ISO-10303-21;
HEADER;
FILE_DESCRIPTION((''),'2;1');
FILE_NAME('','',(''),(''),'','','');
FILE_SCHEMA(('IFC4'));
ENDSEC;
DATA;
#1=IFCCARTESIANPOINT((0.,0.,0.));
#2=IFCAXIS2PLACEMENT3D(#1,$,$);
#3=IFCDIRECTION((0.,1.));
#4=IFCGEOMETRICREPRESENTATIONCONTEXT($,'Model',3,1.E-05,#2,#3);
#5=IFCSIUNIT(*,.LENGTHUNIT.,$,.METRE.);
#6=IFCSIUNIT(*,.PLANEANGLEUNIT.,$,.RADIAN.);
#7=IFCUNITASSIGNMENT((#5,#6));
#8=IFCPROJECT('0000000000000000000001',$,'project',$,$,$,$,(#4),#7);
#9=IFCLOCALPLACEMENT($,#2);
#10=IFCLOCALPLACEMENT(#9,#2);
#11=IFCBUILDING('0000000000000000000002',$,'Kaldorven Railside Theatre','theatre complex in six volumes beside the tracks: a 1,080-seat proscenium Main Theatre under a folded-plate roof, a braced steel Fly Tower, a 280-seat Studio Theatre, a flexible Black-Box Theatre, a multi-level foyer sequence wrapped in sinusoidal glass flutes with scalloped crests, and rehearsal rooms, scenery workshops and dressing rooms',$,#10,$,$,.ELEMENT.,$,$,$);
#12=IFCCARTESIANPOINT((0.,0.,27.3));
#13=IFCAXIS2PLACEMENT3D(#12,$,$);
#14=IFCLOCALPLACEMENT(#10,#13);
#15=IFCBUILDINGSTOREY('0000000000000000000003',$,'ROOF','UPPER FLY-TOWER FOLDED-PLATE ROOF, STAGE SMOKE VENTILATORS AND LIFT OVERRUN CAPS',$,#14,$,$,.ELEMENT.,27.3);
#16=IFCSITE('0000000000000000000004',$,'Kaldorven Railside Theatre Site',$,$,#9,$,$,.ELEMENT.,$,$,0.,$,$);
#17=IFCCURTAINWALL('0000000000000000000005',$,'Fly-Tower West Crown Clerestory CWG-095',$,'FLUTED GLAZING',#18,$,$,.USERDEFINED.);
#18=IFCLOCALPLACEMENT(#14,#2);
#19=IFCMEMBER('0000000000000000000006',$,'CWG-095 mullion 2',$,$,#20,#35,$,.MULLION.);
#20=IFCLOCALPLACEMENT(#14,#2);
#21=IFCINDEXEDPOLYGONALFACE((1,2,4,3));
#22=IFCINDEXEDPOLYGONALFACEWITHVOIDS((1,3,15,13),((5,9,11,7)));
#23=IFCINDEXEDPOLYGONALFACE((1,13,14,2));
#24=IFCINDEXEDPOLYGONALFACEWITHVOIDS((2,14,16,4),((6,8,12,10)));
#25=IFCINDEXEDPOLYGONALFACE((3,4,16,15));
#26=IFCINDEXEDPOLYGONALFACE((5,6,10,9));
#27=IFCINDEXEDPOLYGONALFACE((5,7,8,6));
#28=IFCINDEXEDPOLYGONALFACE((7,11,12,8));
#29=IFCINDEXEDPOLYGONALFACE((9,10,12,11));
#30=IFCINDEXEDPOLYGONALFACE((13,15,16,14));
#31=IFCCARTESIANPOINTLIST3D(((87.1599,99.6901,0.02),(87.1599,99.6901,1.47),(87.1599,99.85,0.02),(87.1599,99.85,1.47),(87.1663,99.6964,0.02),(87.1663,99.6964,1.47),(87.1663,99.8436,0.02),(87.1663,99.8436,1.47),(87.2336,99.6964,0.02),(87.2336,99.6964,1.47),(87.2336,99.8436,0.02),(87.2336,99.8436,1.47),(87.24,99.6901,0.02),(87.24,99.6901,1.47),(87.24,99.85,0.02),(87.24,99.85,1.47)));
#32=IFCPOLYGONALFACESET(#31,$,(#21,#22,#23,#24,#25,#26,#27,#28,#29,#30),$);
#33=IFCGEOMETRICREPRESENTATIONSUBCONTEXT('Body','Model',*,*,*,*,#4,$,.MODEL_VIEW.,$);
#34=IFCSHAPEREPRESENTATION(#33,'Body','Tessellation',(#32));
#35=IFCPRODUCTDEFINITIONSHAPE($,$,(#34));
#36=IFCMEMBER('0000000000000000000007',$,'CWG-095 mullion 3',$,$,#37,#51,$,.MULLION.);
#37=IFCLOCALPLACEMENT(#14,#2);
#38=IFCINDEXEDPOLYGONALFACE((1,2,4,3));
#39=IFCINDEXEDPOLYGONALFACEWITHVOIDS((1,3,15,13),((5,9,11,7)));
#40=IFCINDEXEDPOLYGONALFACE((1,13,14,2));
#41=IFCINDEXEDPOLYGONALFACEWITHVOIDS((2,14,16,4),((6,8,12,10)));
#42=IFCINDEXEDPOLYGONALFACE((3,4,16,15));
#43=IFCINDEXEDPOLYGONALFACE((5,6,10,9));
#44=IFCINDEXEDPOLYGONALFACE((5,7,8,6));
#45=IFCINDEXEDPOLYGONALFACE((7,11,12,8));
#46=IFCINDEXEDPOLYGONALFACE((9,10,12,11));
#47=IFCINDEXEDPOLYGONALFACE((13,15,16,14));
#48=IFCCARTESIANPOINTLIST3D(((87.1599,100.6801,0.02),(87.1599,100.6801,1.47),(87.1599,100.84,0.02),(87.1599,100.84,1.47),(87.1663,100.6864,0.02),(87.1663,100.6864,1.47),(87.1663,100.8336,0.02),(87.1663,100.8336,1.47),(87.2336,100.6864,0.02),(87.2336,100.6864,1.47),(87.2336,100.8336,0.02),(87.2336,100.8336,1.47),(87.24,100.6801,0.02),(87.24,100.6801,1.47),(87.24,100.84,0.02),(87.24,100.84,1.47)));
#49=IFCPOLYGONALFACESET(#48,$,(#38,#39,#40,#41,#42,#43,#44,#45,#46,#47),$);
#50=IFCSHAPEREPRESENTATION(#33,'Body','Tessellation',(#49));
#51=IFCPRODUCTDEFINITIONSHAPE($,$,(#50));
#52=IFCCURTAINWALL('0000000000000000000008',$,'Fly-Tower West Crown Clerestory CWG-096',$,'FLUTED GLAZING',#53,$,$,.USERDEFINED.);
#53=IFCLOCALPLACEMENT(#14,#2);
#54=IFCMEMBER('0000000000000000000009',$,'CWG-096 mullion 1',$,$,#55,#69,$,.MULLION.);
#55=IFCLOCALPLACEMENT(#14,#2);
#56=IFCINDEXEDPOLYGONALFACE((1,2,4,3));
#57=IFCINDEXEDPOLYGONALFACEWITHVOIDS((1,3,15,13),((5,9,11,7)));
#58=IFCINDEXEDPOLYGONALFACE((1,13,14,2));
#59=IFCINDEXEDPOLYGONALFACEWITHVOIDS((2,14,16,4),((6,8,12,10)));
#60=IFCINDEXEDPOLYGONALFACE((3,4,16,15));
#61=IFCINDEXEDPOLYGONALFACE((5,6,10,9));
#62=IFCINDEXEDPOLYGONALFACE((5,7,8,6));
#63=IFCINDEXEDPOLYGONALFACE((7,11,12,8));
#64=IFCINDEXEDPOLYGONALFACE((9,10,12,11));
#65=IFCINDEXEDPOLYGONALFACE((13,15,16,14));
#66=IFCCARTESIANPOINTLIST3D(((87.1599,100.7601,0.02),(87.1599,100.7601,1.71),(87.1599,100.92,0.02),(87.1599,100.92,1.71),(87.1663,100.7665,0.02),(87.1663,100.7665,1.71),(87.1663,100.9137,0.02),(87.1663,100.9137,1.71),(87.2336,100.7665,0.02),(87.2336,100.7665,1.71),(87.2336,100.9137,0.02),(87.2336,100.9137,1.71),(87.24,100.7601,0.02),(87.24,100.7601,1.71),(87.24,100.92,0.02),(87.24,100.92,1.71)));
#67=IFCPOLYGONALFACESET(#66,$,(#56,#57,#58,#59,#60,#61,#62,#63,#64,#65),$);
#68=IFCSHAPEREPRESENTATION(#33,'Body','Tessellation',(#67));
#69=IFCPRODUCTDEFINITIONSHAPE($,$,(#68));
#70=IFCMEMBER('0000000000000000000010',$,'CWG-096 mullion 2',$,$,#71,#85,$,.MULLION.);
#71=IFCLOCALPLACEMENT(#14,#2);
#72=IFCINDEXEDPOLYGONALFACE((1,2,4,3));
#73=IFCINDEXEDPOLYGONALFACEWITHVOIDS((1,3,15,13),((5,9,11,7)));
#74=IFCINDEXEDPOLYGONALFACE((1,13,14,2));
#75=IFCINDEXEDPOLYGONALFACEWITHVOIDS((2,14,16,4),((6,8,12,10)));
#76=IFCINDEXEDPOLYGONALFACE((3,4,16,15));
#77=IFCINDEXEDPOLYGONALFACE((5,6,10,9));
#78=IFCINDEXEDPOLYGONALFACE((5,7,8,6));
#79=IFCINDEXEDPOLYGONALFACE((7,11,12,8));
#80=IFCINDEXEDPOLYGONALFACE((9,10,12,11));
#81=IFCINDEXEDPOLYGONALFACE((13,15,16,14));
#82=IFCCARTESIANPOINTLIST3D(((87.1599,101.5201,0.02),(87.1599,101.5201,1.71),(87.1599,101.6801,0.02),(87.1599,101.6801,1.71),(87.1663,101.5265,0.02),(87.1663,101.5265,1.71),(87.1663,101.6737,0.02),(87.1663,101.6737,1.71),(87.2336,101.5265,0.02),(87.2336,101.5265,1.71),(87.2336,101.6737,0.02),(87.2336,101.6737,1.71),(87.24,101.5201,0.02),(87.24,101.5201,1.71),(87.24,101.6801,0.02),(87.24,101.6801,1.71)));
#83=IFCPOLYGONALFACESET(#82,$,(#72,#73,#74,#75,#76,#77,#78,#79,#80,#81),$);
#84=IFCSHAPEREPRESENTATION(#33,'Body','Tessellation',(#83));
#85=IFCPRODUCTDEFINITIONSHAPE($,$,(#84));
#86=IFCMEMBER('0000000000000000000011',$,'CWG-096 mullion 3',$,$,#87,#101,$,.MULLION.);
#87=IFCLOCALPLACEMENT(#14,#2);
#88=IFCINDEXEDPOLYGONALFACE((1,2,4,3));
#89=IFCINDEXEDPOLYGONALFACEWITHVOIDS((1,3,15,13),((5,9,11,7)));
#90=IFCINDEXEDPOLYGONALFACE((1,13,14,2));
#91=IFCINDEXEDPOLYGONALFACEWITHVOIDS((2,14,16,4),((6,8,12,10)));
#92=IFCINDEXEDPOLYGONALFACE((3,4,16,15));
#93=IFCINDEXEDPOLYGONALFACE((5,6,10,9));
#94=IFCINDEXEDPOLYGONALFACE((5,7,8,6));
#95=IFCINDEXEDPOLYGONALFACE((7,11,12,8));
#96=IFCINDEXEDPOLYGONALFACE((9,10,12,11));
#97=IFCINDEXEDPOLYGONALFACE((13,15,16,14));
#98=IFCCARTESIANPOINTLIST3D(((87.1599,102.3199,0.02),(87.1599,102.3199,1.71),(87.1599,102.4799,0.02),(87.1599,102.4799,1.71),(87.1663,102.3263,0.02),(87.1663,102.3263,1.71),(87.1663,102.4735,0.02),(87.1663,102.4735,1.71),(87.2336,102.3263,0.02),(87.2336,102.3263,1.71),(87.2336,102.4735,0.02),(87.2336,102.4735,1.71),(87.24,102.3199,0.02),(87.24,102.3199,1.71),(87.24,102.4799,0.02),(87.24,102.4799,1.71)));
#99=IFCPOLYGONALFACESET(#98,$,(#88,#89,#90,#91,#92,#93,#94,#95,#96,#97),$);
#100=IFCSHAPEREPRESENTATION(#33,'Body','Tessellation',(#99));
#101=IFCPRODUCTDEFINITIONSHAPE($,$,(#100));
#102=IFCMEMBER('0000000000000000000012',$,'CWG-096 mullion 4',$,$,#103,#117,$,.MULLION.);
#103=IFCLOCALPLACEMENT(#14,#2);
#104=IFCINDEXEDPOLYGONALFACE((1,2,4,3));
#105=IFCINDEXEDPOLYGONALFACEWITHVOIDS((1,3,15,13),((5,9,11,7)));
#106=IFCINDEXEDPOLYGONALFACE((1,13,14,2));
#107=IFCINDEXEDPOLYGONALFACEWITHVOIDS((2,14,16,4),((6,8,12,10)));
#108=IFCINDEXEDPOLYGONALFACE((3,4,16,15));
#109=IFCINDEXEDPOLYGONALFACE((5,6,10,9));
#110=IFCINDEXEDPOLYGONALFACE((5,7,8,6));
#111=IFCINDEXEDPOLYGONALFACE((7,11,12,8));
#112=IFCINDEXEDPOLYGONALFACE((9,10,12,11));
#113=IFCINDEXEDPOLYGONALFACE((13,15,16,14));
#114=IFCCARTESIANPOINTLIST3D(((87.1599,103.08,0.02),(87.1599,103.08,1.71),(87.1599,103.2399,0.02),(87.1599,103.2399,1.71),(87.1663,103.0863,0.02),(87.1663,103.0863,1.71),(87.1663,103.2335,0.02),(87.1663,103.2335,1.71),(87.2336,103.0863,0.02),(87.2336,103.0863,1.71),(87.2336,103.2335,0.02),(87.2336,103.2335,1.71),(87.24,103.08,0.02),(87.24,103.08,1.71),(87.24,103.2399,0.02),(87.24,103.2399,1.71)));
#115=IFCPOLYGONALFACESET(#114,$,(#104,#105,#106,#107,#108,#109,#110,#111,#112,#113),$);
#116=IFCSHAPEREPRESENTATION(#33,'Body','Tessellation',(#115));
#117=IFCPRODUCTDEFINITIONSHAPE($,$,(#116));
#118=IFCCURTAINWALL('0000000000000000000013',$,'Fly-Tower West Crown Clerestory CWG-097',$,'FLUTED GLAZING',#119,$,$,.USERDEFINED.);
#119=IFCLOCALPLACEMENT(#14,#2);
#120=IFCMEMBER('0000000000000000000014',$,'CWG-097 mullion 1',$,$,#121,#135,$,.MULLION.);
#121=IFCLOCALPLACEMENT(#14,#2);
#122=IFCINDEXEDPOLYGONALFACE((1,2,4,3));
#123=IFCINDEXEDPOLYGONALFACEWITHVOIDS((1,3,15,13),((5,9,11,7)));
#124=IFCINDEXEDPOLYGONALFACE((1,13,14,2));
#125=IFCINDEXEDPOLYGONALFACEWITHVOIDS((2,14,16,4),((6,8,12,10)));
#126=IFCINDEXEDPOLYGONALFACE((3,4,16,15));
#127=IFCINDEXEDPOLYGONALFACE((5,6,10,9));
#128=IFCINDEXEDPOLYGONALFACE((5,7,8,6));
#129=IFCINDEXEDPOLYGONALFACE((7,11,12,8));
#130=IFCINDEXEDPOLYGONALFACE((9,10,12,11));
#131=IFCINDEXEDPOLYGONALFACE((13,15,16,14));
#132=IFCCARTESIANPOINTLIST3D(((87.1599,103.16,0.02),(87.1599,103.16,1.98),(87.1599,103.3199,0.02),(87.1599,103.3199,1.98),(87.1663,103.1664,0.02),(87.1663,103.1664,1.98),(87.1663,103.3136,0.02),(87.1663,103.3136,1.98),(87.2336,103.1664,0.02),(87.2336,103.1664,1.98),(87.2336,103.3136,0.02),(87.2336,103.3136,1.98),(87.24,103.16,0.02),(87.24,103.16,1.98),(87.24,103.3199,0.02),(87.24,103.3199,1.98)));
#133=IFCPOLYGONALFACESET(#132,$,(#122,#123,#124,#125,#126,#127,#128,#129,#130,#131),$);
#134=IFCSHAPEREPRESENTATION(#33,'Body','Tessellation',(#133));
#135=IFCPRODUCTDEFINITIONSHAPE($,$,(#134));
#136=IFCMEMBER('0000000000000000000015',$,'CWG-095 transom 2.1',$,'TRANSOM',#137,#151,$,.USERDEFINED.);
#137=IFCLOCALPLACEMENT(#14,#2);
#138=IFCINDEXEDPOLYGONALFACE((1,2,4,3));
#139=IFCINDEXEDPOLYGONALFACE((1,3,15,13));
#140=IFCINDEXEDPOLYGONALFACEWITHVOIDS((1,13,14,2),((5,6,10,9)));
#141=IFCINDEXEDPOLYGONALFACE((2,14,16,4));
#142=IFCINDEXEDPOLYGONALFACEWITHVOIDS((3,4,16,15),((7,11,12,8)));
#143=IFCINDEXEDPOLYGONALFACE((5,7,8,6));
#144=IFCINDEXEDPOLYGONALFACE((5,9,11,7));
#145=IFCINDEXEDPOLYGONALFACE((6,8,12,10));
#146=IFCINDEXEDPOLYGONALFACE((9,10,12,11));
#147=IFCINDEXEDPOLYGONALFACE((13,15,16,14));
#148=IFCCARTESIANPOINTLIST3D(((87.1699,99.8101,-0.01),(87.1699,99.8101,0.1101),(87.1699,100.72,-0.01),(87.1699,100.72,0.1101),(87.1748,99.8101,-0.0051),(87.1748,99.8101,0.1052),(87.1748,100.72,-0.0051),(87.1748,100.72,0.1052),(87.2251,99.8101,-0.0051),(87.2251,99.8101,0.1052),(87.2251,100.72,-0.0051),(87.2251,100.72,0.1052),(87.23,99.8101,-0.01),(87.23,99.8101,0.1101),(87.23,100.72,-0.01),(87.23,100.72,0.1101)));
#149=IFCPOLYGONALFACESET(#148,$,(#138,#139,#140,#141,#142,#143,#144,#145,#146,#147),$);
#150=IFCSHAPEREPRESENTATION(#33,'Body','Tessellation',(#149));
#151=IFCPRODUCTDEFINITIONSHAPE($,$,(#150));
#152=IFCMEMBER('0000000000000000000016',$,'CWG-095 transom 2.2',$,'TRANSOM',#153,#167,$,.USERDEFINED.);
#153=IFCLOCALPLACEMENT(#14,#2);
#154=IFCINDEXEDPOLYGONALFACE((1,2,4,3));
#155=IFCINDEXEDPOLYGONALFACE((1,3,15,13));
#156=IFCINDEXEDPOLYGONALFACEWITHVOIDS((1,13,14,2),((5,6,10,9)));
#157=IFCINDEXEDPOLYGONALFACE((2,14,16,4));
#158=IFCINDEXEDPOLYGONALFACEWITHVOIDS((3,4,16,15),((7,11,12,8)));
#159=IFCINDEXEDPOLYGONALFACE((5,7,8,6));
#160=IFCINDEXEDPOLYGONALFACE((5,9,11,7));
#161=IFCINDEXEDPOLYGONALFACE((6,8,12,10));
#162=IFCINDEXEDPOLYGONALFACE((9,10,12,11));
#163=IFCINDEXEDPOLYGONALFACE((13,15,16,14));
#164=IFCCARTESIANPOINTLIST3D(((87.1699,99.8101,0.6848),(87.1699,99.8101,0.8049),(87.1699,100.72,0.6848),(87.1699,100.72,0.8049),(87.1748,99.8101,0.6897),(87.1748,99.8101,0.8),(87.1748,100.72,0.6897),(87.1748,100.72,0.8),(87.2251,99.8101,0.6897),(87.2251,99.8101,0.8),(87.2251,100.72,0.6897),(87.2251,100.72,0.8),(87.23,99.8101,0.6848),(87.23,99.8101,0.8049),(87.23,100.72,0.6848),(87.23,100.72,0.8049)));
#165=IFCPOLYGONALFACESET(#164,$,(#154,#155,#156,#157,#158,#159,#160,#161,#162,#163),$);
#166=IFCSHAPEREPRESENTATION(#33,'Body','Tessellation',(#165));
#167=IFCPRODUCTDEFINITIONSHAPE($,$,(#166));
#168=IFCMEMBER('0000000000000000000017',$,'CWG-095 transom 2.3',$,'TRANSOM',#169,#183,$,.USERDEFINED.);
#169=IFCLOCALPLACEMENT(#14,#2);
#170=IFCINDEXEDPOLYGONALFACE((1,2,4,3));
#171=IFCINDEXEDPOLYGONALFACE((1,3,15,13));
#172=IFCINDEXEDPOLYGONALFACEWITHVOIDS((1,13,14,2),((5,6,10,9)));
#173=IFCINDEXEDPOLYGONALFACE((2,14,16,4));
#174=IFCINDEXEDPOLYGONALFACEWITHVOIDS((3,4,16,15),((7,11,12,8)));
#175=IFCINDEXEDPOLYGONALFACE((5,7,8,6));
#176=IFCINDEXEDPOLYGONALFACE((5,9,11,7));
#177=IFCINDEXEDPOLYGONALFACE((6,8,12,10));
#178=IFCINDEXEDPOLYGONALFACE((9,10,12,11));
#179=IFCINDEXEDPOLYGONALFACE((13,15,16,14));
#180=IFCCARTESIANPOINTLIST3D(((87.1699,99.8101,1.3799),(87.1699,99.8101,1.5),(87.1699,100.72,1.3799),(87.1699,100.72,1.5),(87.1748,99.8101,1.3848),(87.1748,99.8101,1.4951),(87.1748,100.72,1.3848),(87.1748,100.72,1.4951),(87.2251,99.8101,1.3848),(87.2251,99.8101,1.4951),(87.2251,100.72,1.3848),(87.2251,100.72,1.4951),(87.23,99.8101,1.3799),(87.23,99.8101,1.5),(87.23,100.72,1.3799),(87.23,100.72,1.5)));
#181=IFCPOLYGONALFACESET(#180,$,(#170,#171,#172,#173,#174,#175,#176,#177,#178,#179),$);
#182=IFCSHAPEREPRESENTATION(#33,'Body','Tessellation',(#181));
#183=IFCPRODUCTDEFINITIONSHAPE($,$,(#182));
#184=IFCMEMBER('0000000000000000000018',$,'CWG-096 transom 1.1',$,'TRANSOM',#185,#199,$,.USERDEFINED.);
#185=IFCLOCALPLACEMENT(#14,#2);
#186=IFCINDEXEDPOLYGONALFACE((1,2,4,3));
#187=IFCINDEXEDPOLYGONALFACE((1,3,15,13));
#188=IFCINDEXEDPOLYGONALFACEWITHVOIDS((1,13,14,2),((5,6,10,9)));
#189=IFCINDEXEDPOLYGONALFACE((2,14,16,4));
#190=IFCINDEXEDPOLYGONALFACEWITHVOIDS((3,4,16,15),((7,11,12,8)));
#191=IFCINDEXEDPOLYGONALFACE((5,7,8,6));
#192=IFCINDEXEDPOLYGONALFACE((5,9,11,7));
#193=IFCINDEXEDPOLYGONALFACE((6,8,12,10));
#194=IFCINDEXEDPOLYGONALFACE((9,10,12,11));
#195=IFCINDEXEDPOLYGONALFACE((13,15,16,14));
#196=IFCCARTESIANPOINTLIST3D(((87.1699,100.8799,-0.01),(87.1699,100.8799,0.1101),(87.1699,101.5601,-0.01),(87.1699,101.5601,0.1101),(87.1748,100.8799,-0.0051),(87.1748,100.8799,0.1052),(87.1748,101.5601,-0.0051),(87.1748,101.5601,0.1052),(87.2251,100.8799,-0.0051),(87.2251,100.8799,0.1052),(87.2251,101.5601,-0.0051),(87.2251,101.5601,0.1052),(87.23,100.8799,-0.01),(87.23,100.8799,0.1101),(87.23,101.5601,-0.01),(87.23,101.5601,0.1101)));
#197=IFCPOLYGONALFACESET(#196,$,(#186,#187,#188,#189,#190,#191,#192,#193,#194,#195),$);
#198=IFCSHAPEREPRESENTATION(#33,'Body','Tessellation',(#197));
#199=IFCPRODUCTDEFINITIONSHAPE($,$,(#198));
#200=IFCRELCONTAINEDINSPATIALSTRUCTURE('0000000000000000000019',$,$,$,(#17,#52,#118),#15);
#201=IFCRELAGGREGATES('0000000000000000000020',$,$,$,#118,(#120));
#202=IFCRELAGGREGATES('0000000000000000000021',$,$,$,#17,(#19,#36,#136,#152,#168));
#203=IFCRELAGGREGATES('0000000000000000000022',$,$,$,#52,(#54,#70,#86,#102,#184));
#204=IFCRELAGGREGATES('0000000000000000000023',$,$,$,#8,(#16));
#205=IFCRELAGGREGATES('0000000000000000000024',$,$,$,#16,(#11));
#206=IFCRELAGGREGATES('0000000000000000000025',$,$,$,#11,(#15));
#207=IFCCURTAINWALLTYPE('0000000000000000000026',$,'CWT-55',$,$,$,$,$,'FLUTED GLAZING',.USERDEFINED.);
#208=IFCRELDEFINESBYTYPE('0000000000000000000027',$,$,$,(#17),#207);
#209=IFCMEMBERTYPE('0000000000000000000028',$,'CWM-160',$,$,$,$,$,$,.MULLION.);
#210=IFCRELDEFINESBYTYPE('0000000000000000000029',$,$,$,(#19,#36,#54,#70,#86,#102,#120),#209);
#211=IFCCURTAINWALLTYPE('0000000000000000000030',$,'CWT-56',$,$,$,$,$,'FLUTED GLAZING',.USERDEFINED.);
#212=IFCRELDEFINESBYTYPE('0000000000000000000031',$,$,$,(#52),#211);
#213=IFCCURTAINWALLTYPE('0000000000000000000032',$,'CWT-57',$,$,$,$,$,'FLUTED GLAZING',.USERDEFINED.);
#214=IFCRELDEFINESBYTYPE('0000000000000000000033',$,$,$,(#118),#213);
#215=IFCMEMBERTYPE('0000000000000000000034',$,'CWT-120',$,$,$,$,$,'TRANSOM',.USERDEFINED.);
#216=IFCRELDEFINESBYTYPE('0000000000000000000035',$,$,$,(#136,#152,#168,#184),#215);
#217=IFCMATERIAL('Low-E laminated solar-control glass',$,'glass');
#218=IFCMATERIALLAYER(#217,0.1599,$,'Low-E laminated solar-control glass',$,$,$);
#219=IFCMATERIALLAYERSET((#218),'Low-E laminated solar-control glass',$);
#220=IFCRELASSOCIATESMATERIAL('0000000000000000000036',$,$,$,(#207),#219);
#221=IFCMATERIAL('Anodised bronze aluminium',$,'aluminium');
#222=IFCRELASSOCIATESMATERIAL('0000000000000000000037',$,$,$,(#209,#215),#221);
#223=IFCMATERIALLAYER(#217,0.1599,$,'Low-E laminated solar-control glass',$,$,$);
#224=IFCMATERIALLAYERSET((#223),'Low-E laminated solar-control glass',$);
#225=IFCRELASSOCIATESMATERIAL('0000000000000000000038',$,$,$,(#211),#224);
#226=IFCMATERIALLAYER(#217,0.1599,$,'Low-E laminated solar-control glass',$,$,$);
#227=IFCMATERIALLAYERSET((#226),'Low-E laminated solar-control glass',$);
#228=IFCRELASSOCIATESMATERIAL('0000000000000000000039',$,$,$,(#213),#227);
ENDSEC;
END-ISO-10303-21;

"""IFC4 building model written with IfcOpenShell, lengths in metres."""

from ifc_helpers import new_model, si_unit, direction, frame, origin, origin_2d, place, context, subcontext, project, spatial, hollow_rectangle, extrude, material, layer, layer_set, material_profile, profile_set, type_object, element, aggregate, save


model = new_model("IFC4")

# Units and contexts
model_context = context("Model", 3, precision=1e-05, world=origin(), true_north=direction((0.0, 1.0)))
body_context = subcontext(model_context, "Body", "Model", "MODEL_VIEW")
ifc_project = project(units=[si_unit("LENGTHUNIT", "METRE"), si_unit("PLANEANGLEUNIT", "RADIAN")], contexts=[model_context])

# Site, building, storey
site_placement = place(None, origin())
site = spatial("IfcSite", under=ifc_project, at=site_placement, Name="Kaldorven Railside Theatre Site", CompositionType="ELEMENT", RefElevation=0.0)
building_placement = place(site_placement, origin())
building = spatial("IfcBuilding", under=site, at=building_placement, Name="Kaldorven Railside Theatre", Description="theatre complex in six volumes beside the tracks: a 1,080-seat proscenium Main Theatre under a folded-plate roof, a braced steel Fly Tower, a 280-seat Studio Theatre, a flexible Black-Box Theatre, a multi-level foyer sequence wrapped in sinusoidal glass flutes with scalloped crests, and rehearsal rooms, scenery workshops and dressing rooms", CompositionType="ELEMENT")
storey_placement = place(building_placement, frame((0.0, 0.0, 27.3)))
storey = spatial("IfcBuildingStorey", under=building, at=storey_placement, Name="ROOF", Description="UPPER FLY-TOWER FOLDED-PLATE ROOF, STAGE SMOKE VENTILATORS AND LIFT OVERRUN CAPS", CompositionType="ELEMENT", Elevation=27.3)

# Curtain walls, members
ifc_material_1 = material(Name="Low-E laminated solar-control glass", Category="glass")
ifc_layer_1 = layer(ifc_material_1, 0.1599, Name="Low-E laminated solar-control glass")
ifc_layer_set_1 = layer_set([ifc_layer_1], Name="Low-E laminated solar-control glass")
curtain_wall_type_1 = type_object("IfcCurtainWallType", Name="CWT-55", ElementType="FLUTED GLAZING", PredefinedType="USERDEFINED", material=ifc_layer_set_1)
curtain_wall_1_placement = place(storey_placement, origin())
curtain_wall_1 = element("IfcCurtainWall", 1, at=curtain_wall_1_placement, inside=storey, type_object=curtain_wall_type_1, Name="Fly-Tower West Crown Clerestory CWG-095", ObjectType="FLUTED GLAZING", PredefinedType="USERDEFINED")
ifc_material_2 = material(Name="Anodised bronze aluminium", Category="aluminium")
ifc_material_profile_1 = material_profile(ifc_material_2, hollow_rectangle(XDim=0.0801, YDim=0.1599, WallThickness=0.0063, at=origin_2d()), Name="RHS 160x80x6.3")
ifc_profile_set_1 = profile_set([ifc_material_profile_1], Name="Anodised bronze aluminium")
member_type_1 = type_object("IfcMemberType", Name="CWM-160", PredefinedType="MULLION", material=ifc_profile_set_1)
member_1_placement = place(storey_placement, frame((87.2, 99.77, 0.02), z_axis=(0.0, 0.0, 1.0), x_axis=(-1.0, 0.0, 0.0)))
member_1 = element("IfcMember", 2, at=member_1_placement, type_object=member_type_1, Name="CWG-095 mullion 2", PredefinedType="MULLION", context=body_context, shape_type="SweptSolid", body=[
    extrude(hollow_rectangle(XDim=0.0801, YDim=0.1599, WallThickness=0.0063, at=origin_2d()), origin(), (0.0, 0.0, 1.0), 1.45),
])
member_2_placement = place(storey_placement, frame((87.2, 100.76, 0.02), z_axis=(0.0, 0.0, 1.0), x_axis=(-1.0, 0.0, 0.0)))
member_2 = element("IfcMember", 3, at=member_2_placement, type_object=member_type_1, Name="CWG-095 mullion 3", PredefinedType="MULLION", context=body_context, shape_type="SweptSolid", body=[
    extrude(hollow_rectangle(XDim=0.0801, YDim=0.1599, WallThickness=0.0063, at=origin_2d()), origin(), (0.0, 0.0, 1.0), 1.45),
])
ifc_layer_2 = layer(ifc_material_1, 0.1599, Name="Low-E laminated solar-control glass")
ifc_layer_set_2 = layer_set([ifc_layer_2], Name="Low-E laminated solar-control glass")
curtain_wall_type_2 = type_object("IfcCurtainWallType", Name="CWT-56", ElementType="FLUTED GLAZING", PredefinedType="USERDEFINED", material=ifc_layer_set_2)
curtain_wall_2_placement = place(storey_placement, origin())
curtain_wall_2 = element("IfcCurtainWall", 4, at=curtain_wall_2_placement, inside=storey, type_object=curtain_wall_type_2, Name="Fly-Tower West Crown Clerestory CWG-096", ObjectType="FLUTED GLAZING", PredefinedType="USERDEFINED")
member_3_placement = place(storey_placement, frame((87.2, 100.8401, 0.02), z_axis=(0.0, 0.0, 1.0), x_axis=(-1.0, 0.0, 0.0)))
member_3 = element("IfcMember", 5, at=member_3_placement, type_object=member_type_1, Name="CWG-096 mullion 1", PredefinedType="MULLION", context=body_context, shape_type="SweptSolid", body=[
    extrude(hollow_rectangle(XDim=0.0801, YDim=0.1599, WallThickness=0.0063, at=origin_2d()), origin(), (0.0, 0.0, 1.0), 1.6899),
])
member_4_placement = place(storey_placement, frame((87.2, 101.6001, 0.02), z_axis=(0.0, 0.0, 1.0), x_axis=(-1.0, 0.0, 0.0)))
member_4 = element("IfcMember", 6, at=member_4_placement, type_object=member_type_1, Name="CWG-096 mullion 2", PredefinedType="MULLION", context=body_context, shape_type="SweptSolid", body=[
    extrude(hollow_rectangle(XDim=0.0801, YDim=0.1599, WallThickness=0.0063, at=origin_2d()), origin(), (0.0, 0.0, 1.0), 1.6899),
])
member_5_placement = place(storey_placement, frame((87.2, 102.3999, 0.02), z_axis=(0.0, 0.0, 1.0), x_axis=(-1.0, 0.0, 0.0)))
member_5 = element("IfcMember", 7, at=member_5_placement, type_object=member_type_1, Name="CWG-096 mullion 3", PredefinedType="MULLION", context=body_context, shape_type="SweptSolid", body=[
    extrude(hollow_rectangle(XDim=0.0801, YDim=0.1599, WallThickness=0.0063, at=origin_2d()), origin(), (0.0, 0.0, 1.0), 1.6899),
])
member_6_placement = place(storey_placement, frame((87.2, 103.1599, 0.02), z_axis=(0.0, 0.0, 1.0), x_axis=(-1.0, 0.0, 0.0)))
member_6 = element("IfcMember", 8, at=member_6_placement, type_object=member_type_1, Name="CWG-096 mullion 4", PredefinedType="MULLION", context=body_context, shape_type="SweptSolid", body=[
    extrude(hollow_rectangle(XDim=0.0801, YDim=0.1599, WallThickness=0.0063, at=origin_2d()), origin(), (0.0, 0.0, 1.0), 1.6899),
])

# Curtain wall, member
ifc_layer_3 = layer(ifc_material_1, 0.1599, Name="Low-E laminated solar-control glass")
ifc_layer_set_3 = layer_set([ifc_layer_3], Name="Low-E laminated solar-control glass")
curtain_wall_type_3 = type_object("IfcCurtainWallType", Name="CWT-57", ElementType="FLUTED GLAZING", PredefinedType="USERDEFINED", material=ifc_layer_set_3)
curtain_wall_3_placement = place(storey_placement, origin())
curtain_wall_3 = element("IfcCurtainWall", 9, at=curtain_wall_3_placement, inside=storey, type_object=curtain_wall_type_3, Name="Fly-Tower West Crown Clerestory CWG-097", ObjectType="FLUTED GLAZING", PredefinedType="USERDEFINED")
member_7_placement = place(storey_placement, frame((87.2, 103.24, 0.02), z_axis=(0.0, 0.0, 1.0), x_axis=(-1.0, 0.0, 0.0)))
member_7 = element("IfcMember", 10, at=member_7_placement, type_object=member_type_1, Name="CWG-097 mullion 1", PredefinedType="MULLION", context=body_context, shape_type="SweptSolid", body=[
    extrude(hollow_rectangle(XDim=0.0801, YDim=0.1599, WallThickness=0.0063, at=origin_2d()), origin(), (0.0, 0.0, 1.0), 1.96),
])

# Members
ifc_material_profile_2 = material_profile(ifc_material_2, hollow_rectangle(XDim=0.0601, YDim=0.1201, WallThickness=0.0049, at=origin_2d()), Name="RHS 120x60x5")
ifc_profile_set_2 = profile_set([ifc_material_profile_2], Name="Anodised bronze aluminium")
member_type_2 = type_object("IfcMemberType", Name="CWT-120", ElementType="TRANSOM", PredefinedType="USERDEFINED", material=ifc_profile_set_2)
member_8_placement = place(storey_placement, frame((87.2, 99.8101, 0.05), z_axis=(0.0, 1.0, 0.0), x_axis=(-1.0, 0.0, 0.0)))
member_8 = element("IfcMember", 11, at=member_8_placement, type_object=member_type_2, Name="CWG-095 transom 2.1", ObjectType="TRANSOM", PredefinedType="USERDEFINED", context=body_context, shape_type="SweptSolid", body=[
    extrude(hollow_rectangle(XDim=0.0601, YDim=0.1201, WallThickness=0.0049, at=origin_2d()), origin(), (0.0, 0.0, 1.0), 0.9099),
])
member_9_placement = place(storey_placement, frame((87.2, 99.8101, 0.7449), z_axis=(0.0, 1.0, 0.0), x_axis=(-1.0, 0.0, 0.0)))
member_9 = element("IfcMember", 12, at=member_9_placement, type_object=member_type_2, Name="CWG-095 transom 2.2", ObjectType="TRANSOM", PredefinedType="USERDEFINED", context=body_context, shape_type="SweptSolid", body=[
    extrude(hollow_rectangle(XDim=0.0601, YDim=0.1201, WallThickness=0.0049, at=origin_2d()), origin(), (0.0, 0.0, 1.0), 0.9099),
])
member_10_placement = place(storey_placement, frame((87.2, 99.8101, 1.4399), z_axis=(0.0, 1.0, 0.0), x_axis=(-1.0, 0.0, 0.0)))
member_10 = element("IfcMember", 13, at=member_10_placement, type_object=member_type_2, Name="CWG-095 transom 2.3", ObjectType="TRANSOM", PredefinedType="USERDEFINED", context=body_context, shape_type="SweptSolid", body=[
    extrude(hollow_rectangle(XDim=0.0601, YDim=0.1201, WallThickness=0.0049, at=origin_2d()), origin(), (0.0, 0.0, 1.0), 0.9099),
])
member_11_placement = place(storey_placement, frame((87.2, 100.8799, 0.05), z_axis=(0.0, 1.0, 0.0), x_axis=(-1.0, 0.0, 0.0)))
member_11 = element("IfcMember", 14, at=member_11_placement, type_object=member_type_2, Name="CWG-096 transom 1.1", ObjectType="TRANSOM", PredefinedType="USERDEFINED", context=body_context, shape_type="SweptSolid", body=[
    extrude(hollow_rectangle(XDim=0.0601, YDim=0.1201, WallThickness=0.0049, at=origin_2d()), origin(), (0.0, 0.0, 1.0), 0.6802),
])
aggregate(curtain_wall_3, [member_7])

aggregate(curtain_wall_1, [member_1, member_2, member_8, member_9, member_10])
aggregate(curtain_wall_2, [member_3, member_4, member_5, member_6, member_11])

save(model, "model.ifc")
